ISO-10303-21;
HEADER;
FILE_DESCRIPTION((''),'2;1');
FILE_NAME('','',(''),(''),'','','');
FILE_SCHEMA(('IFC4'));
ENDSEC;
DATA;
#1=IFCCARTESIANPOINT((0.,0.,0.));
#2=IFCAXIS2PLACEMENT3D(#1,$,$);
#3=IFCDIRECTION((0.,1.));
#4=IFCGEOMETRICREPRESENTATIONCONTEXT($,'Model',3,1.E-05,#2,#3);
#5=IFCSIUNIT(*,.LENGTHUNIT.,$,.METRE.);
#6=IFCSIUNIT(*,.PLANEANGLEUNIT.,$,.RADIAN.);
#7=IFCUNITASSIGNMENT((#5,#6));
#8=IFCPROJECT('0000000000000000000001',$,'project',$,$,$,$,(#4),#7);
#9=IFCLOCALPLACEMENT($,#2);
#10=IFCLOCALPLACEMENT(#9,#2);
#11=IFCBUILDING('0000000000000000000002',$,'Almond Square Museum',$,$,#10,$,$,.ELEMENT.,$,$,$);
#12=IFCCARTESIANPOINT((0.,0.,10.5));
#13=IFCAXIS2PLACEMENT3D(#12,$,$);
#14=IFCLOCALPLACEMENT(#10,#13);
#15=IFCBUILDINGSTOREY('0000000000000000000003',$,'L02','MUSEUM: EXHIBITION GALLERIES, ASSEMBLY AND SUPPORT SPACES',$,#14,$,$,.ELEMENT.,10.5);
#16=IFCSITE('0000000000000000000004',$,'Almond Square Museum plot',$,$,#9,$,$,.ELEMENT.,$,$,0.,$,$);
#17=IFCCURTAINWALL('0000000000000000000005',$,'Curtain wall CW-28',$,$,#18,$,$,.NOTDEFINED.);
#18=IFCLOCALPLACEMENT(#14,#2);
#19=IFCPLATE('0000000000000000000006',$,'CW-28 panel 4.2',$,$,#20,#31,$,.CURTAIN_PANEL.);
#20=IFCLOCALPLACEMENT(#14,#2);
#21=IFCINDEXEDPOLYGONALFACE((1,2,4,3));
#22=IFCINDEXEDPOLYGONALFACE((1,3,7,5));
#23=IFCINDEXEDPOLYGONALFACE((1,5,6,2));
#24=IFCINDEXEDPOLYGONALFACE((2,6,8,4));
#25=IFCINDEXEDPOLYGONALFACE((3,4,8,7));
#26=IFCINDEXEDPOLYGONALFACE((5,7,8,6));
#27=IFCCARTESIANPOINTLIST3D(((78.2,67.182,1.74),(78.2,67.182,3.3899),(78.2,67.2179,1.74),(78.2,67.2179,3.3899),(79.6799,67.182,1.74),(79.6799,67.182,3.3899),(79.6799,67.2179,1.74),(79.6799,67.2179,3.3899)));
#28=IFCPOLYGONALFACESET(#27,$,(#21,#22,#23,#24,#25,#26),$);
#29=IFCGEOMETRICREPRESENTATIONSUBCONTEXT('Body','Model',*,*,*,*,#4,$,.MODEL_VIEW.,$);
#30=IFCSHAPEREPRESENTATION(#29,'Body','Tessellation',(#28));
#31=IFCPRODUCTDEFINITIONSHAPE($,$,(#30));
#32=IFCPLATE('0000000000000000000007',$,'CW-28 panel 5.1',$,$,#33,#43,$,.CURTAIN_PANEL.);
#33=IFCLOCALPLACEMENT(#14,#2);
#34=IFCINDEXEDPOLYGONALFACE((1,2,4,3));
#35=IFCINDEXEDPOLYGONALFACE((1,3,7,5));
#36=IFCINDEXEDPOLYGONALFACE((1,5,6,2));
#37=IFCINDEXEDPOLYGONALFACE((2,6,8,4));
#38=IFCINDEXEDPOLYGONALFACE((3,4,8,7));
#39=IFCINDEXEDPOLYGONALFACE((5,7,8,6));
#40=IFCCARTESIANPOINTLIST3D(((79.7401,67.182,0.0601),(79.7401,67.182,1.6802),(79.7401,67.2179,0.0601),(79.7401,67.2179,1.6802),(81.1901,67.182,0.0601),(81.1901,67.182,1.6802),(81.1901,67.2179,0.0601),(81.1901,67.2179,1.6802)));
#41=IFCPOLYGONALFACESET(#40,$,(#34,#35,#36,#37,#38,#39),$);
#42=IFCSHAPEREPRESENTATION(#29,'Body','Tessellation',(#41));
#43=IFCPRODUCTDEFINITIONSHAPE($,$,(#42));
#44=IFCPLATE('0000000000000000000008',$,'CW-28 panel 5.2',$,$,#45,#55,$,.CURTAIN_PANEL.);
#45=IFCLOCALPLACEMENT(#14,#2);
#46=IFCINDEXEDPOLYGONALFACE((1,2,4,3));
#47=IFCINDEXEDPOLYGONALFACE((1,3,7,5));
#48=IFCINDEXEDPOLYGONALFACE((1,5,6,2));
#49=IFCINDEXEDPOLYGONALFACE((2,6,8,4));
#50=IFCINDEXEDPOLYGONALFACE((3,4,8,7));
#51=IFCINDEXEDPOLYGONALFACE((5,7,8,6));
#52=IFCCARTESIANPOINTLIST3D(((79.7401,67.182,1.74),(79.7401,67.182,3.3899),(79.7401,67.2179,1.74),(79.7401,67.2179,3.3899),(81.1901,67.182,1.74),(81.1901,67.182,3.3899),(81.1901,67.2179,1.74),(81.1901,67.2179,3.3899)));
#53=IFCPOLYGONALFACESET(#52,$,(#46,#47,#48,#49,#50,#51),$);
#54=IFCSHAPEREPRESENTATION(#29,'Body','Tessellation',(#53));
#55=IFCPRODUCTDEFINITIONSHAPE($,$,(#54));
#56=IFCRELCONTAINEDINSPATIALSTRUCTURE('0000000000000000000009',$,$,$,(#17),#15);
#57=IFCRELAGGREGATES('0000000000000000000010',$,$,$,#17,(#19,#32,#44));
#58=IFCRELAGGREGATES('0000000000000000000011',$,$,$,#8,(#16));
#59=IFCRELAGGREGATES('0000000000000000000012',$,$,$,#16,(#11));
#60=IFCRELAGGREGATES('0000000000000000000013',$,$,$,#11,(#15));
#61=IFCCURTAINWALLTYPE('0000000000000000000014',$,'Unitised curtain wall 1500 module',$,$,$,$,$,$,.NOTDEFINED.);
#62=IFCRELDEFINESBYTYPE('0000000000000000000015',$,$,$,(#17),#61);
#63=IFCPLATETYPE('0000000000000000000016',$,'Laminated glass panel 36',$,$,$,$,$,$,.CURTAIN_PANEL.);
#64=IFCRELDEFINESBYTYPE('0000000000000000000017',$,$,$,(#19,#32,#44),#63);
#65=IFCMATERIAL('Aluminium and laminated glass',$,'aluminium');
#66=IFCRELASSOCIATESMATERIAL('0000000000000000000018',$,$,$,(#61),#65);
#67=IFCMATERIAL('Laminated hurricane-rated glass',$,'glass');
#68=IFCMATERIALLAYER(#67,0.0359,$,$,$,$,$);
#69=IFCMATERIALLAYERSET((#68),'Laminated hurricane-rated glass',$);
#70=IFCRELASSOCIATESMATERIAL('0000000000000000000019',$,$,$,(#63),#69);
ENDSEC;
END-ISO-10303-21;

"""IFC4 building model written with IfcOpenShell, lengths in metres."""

from ifc_helpers import new_model, si_unit, direction, frame, origin, origin_2d, place, context, subcontext, project, spatial, rectangle, extrude, material, layer, layer_set, type_object, element, aggregate, save


model = new_model("IFC4")

# Units and contexts
model_context = context("Model", 3, precision=1e-05, world=origin(), true_north=direction((0.0, 1.0)))
body_context = subcontext(model_context, "Body", "Model", "MODEL_VIEW")
ifc_project = project(units=[si_unit("LENGTHUNIT", "METRE"), si_unit("PLANEANGLEUNIT", "RADIAN")], contexts=[model_context])

# Site, building, storey
site_placement = place(None, origin())
site = spatial("IfcSite", under=ifc_project, at=site_placement, Name="Almond Square Museum plot", CompositionType="ELEMENT", RefElevation=0.0)
building_placement = place(site_placement, origin())
building = spatial("IfcBuilding", under=site, at=building_placement, Name="Almond Square Museum", CompositionType="ELEMENT")
storey_placement = place(building_placement, frame((0.0, 0.0, 10.5)))
storey = spatial("IfcBuildingStorey", under=building, at=storey_placement, Name="L02", Description="MUSEUM: EXHIBITION GALLERIES, ASSEMBLY AND SUPPORT SPACES", CompositionType="ELEMENT", Elevation=10.5)

# Curtain wall
ifc_material_1 = material(Name="Aluminium and laminated glass", Category="aluminium")
curtain_wall_type = type_object("IfcCurtainWallType", Name="Unitised curtain wall 1500 module", PredefinedType="NOTDEFINED", material=ifc_material_1)
curtain_wall_1_placement = place(storey_placement, origin())
curtain_wall_1 = element("IfcCurtainWall", 1, at=curtain_wall_1_placement, inside=storey, type_object=curtain_wall_type, Name="Curtain wall CW-28", PredefinedType="NOTDEFINED")

# Plates
ifc_material_2 = material(Name="Laminated hurricane-rated glass", Category="glass")
ifc_layer = layer(ifc_material_2, 0.0359)
ifc_layer_set = layer_set([ifc_layer], Name="Laminated hurricane-rated glass")
plate_type = type_object("IfcPlateType", Name="Laminated glass panel 36", PredefinedType="CURTAIN_PANEL", material=ifc_layer_set)
plate_1_placement = place(storey_placement, frame((78.9399, 67.2, 1.74), z_axis=(0.0, 0.0, 1.0), x_axis=(1.0, 0.0, 0.0)))
plate_1 = element("IfcPlate", 2, at=plate_1_placement, type_object=plate_type, Name="CW-28 panel 4.2", PredefinedType="CURTAIN_PANEL", context=body_context, shape_type="SweptSolid", body=[
    extrude(rectangle(XDim=1.48, YDim=0.0359, at=origin_2d()), origin(), (0.0, 0.0, 1.0), 1.6499),
])
plate_2_placement = place(storey_placement, frame((80.4651, 67.2, 0.0601), z_axis=(0.0, 0.0, 1.0), x_axis=(1.0, 0.0, 0.0)))
plate_2 = element("IfcPlate", 3, at=plate_2_placement, type_object=plate_type, Name="CW-28 panel 5.1", PredefinedType="CURTAIN_PANEL", context=body_context, shape_type="SweptSolid", body=[
    extrude(rectangle(XDim=1.45, YDim=0.0359, at=origin_2d()), origin(), (0.0, 0.0, 1.0), 1.6201),
])
plate_3_placement = place(storey_placement, frame((80.4651, 67.2, 1.74), z_axis=(0.0, 0.0, 1.0), x_axis=(1.0, 0.0, 0.0)))
plate_3 = element("IfcPlate", 4, at=plate_3_placement, type_object=plate_type, Name="CW-28 panel 5.2", PredefinedType="CURTAIN_PANEL", context=body_context, shape_type="SweptSolid", body=[
    extrude(rectangle(XDim=1.45, YDim=0.0359, at=origin_2d()), origin(), (0.0, 0.0, 1.0), 1.6499),
])
aggregate(curtain_wall_1, [plate_1, plate_2, plate_3])

save(model, "model.ifc")
